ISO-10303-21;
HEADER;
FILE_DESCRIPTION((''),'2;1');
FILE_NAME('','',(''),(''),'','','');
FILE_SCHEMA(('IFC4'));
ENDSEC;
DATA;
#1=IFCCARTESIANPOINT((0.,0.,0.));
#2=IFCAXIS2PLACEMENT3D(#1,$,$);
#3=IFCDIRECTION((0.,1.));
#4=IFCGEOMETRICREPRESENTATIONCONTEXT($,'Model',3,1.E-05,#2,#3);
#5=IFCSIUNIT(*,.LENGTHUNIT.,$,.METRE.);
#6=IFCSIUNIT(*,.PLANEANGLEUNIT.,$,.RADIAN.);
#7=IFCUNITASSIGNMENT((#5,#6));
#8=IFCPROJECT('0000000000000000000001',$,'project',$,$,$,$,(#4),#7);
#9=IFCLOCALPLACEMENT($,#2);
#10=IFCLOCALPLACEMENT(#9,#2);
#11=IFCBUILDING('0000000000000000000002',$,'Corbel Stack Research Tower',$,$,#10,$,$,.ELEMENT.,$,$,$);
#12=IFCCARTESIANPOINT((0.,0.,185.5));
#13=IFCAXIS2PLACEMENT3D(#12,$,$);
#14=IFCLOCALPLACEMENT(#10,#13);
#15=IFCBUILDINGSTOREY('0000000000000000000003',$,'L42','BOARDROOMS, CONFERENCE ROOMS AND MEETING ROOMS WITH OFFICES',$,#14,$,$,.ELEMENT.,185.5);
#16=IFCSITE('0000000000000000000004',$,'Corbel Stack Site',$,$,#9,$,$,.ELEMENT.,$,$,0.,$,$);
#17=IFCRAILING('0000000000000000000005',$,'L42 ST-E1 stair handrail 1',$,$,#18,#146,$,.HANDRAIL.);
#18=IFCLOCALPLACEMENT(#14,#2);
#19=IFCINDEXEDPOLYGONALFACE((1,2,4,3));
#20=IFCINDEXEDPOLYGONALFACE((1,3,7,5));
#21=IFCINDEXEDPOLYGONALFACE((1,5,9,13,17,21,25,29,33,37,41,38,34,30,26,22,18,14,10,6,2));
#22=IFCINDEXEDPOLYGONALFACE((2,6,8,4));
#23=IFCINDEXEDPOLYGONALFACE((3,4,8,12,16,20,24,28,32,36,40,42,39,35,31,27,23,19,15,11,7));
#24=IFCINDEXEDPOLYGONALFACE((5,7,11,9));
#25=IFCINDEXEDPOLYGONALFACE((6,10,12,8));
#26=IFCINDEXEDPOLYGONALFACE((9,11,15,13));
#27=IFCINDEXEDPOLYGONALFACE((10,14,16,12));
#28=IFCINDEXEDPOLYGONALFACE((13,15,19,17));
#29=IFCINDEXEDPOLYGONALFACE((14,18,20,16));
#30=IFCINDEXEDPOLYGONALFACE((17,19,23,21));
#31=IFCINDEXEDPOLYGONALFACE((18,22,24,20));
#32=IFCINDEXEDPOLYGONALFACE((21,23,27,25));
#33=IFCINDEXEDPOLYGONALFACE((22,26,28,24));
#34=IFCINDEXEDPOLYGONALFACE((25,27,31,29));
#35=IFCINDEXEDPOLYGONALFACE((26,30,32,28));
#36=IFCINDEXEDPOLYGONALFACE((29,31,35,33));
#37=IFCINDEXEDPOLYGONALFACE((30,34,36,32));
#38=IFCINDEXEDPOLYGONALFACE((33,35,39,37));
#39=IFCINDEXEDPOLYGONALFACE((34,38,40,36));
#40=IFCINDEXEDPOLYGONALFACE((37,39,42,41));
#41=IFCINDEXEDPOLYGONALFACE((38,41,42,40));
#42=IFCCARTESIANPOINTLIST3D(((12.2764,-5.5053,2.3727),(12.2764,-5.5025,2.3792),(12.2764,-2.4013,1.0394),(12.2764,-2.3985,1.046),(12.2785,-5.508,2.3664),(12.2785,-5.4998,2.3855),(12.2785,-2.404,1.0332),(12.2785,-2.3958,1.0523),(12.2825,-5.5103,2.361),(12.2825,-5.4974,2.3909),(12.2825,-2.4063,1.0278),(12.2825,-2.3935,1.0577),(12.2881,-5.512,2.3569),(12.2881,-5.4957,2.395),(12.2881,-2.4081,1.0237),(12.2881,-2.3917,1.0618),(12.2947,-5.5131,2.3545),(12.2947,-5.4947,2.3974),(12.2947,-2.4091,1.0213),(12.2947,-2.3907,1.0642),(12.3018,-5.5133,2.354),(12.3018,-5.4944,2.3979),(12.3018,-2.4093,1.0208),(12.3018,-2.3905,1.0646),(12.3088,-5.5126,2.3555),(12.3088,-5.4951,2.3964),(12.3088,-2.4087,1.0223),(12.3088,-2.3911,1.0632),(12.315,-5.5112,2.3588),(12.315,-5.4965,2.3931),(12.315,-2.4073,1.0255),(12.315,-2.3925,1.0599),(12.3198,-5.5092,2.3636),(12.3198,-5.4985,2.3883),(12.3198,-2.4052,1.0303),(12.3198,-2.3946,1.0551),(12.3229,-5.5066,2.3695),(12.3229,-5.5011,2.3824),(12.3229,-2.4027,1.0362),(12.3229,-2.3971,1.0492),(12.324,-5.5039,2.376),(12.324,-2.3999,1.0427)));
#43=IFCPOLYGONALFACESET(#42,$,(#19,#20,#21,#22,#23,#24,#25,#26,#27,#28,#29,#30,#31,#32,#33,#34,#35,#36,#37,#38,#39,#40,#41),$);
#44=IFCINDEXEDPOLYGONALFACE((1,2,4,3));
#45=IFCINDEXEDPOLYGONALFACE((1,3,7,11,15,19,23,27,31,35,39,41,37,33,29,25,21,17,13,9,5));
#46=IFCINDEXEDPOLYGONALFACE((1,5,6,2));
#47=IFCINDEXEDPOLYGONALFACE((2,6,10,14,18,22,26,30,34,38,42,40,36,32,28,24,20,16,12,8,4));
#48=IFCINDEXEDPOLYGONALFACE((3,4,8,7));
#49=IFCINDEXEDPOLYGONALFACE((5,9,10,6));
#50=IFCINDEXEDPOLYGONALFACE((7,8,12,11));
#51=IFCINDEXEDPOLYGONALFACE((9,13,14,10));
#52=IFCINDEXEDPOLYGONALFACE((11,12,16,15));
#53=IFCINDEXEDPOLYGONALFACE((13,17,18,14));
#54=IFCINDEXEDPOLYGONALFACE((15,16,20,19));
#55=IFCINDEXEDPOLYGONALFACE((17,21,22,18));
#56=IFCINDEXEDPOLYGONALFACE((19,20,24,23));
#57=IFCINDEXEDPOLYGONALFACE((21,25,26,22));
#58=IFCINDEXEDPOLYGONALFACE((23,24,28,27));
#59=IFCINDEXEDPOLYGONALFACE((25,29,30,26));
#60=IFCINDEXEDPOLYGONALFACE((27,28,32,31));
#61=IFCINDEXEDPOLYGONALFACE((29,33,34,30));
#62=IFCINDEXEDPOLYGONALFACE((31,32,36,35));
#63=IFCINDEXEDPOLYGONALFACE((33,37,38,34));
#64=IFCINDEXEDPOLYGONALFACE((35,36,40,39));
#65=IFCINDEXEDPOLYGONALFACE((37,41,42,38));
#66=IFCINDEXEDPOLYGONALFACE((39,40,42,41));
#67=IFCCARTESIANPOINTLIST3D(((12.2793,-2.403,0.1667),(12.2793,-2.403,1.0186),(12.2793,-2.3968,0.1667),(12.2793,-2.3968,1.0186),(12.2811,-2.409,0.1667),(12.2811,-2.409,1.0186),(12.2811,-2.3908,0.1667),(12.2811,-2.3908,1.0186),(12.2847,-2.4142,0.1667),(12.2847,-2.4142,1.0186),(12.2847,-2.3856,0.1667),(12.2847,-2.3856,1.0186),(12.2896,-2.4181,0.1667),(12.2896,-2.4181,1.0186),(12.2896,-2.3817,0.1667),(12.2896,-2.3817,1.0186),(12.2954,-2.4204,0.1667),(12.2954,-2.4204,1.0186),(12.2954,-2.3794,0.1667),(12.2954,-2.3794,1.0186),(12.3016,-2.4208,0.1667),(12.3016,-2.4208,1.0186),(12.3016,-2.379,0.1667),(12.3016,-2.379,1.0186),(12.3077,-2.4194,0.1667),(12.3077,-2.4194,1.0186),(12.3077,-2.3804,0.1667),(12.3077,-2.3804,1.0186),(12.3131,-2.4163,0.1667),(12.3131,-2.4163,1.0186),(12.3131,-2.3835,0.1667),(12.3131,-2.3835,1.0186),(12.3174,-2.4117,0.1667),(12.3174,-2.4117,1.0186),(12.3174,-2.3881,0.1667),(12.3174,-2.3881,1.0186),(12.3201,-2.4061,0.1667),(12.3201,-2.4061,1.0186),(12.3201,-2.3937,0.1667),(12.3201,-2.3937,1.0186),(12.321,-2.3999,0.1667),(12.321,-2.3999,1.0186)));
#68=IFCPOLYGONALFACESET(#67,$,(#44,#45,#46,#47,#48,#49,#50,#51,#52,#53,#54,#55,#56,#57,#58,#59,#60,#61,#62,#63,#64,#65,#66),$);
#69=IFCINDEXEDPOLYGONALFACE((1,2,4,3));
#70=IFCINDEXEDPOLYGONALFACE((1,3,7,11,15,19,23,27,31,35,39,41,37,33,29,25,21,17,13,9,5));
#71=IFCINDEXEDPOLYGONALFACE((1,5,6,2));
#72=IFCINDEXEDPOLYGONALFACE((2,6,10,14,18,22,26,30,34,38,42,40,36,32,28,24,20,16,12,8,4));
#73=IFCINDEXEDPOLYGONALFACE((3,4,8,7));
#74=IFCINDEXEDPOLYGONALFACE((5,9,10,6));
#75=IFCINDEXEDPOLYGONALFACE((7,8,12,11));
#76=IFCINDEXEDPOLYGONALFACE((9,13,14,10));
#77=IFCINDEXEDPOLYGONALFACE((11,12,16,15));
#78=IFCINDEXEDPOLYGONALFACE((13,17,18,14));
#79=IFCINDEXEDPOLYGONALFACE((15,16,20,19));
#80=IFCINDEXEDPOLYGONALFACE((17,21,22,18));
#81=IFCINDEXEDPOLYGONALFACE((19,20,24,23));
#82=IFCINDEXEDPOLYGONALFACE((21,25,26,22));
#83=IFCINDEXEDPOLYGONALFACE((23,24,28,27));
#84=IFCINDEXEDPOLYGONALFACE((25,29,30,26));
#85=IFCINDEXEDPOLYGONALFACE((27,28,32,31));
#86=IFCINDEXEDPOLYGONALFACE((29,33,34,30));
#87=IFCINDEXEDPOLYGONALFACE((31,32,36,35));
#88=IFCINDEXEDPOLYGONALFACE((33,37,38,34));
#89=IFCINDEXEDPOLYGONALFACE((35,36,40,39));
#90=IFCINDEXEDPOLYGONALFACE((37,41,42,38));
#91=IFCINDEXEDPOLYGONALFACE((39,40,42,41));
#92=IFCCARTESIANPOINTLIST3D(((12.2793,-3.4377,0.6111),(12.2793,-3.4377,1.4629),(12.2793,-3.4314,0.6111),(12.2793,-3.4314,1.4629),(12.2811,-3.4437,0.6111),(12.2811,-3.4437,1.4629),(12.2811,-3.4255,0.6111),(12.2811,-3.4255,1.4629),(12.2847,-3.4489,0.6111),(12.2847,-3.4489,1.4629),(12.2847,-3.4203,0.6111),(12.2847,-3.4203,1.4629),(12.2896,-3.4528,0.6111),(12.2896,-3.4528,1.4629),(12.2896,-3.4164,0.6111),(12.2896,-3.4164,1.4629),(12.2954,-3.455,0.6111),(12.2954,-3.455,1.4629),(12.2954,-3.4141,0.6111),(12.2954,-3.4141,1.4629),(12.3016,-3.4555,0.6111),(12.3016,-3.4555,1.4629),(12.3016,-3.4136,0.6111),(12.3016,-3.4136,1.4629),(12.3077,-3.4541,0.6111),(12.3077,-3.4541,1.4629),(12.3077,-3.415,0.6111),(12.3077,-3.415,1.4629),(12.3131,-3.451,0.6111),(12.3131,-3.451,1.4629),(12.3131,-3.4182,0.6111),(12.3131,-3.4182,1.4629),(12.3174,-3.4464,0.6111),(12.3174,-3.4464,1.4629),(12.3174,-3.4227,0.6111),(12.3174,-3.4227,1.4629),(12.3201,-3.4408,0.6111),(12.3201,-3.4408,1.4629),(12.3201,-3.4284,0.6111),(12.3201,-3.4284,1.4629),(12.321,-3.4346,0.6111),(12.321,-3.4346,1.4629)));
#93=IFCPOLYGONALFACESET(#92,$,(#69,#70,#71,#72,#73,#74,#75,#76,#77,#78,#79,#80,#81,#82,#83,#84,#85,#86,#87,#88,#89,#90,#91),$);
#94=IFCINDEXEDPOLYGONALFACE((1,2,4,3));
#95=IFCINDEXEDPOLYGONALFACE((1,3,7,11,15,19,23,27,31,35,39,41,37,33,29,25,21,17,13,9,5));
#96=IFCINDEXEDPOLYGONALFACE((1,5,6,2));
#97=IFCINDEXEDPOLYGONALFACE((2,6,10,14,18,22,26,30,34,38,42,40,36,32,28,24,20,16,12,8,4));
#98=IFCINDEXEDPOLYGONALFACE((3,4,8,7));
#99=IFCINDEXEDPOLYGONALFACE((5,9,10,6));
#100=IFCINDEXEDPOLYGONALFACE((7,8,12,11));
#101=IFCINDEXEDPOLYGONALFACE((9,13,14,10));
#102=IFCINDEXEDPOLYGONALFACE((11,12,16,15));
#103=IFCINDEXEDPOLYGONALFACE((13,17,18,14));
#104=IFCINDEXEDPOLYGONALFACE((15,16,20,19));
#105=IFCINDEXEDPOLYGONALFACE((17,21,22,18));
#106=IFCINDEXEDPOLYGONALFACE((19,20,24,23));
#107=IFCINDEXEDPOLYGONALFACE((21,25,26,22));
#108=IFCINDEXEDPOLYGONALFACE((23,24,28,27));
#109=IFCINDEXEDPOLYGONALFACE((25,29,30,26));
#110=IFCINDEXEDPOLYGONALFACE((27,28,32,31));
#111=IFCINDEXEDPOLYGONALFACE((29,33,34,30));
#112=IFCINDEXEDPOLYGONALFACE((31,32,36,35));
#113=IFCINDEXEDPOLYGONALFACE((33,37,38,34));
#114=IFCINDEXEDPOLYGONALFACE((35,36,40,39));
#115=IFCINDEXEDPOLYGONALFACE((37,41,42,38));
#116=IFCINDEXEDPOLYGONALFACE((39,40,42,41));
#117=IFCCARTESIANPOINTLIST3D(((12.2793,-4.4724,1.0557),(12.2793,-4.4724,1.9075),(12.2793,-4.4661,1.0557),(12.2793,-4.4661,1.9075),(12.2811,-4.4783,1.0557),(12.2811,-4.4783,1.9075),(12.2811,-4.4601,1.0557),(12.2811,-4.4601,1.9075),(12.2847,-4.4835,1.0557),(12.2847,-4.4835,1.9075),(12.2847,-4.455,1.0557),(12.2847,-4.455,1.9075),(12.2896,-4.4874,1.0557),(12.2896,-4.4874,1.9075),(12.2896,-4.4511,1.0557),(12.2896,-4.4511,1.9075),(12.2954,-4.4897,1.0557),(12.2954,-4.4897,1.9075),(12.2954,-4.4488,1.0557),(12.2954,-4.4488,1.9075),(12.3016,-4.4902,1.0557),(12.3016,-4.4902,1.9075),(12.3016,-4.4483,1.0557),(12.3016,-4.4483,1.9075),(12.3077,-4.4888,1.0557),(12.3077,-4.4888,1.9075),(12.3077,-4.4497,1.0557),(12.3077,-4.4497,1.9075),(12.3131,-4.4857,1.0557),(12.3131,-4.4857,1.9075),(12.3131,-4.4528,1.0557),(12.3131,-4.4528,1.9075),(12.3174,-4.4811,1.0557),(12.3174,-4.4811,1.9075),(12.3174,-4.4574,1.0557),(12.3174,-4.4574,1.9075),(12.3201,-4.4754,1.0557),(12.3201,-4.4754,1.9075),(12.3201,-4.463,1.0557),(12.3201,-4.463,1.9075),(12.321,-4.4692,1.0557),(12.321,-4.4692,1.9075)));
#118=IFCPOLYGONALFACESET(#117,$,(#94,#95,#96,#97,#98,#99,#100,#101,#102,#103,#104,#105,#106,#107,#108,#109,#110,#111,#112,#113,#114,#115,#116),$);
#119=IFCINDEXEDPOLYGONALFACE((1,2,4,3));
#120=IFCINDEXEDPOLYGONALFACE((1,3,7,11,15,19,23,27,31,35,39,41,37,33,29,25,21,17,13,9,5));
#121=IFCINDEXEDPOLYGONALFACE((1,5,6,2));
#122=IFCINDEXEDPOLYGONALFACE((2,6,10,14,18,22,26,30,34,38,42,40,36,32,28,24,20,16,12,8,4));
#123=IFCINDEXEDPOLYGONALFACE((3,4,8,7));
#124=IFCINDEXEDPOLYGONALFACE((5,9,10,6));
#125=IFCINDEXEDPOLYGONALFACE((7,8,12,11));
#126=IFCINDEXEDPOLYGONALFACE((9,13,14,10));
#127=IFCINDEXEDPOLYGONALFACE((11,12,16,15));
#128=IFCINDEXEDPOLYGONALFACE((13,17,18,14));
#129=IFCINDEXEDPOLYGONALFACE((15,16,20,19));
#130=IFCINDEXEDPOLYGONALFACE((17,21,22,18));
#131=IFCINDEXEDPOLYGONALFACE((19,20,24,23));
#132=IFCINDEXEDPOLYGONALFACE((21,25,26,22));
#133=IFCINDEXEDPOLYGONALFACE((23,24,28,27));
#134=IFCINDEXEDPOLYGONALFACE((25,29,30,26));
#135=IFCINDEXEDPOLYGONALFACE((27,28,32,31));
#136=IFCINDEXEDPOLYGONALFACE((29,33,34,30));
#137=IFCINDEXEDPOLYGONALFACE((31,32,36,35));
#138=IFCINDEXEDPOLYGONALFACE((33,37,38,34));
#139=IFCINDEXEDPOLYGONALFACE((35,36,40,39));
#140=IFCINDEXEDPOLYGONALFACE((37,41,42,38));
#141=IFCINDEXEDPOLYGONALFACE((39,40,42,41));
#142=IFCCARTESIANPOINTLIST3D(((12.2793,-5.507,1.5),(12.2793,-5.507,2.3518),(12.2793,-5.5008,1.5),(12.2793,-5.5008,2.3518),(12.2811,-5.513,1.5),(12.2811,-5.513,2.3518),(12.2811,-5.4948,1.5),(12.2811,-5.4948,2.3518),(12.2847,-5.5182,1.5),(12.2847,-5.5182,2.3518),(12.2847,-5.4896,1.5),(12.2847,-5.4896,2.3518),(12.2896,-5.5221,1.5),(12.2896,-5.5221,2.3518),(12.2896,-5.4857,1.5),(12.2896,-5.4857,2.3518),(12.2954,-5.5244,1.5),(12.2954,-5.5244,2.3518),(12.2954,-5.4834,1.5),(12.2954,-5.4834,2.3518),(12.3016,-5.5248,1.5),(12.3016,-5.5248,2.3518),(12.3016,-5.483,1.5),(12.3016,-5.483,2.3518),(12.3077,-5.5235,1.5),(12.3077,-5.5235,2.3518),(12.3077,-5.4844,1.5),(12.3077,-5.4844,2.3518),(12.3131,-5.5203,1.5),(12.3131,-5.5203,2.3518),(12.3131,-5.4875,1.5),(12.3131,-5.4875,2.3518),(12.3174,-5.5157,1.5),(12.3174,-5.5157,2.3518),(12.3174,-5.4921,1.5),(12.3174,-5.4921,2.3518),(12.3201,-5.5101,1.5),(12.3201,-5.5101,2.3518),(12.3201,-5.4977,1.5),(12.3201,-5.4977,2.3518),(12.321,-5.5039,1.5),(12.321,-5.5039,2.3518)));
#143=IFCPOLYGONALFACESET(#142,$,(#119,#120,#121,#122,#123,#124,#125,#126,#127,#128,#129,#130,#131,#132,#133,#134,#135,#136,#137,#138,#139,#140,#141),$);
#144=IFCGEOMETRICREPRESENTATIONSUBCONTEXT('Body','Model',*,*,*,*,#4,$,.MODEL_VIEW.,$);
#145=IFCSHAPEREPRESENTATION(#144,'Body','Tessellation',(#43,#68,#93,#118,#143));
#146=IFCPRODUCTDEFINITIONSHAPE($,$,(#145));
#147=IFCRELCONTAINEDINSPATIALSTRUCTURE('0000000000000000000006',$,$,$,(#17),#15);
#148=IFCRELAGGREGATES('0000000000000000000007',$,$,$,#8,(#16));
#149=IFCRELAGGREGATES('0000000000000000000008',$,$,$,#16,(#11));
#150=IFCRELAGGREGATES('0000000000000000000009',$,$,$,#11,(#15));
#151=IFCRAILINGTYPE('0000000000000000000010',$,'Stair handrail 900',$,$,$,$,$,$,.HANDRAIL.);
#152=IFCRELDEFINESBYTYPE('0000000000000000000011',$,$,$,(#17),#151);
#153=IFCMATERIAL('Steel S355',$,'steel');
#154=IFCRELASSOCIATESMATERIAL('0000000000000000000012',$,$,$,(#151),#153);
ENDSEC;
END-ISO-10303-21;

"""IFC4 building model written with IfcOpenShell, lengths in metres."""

from ifc_helpers import new_model, si_unit, direction, frame, origin, origin_2d, place, context, subcontext, project, spatial, circle, extrude, material, type_object, element, save


model = new_model("IFC4")

# Units and contexts
model_context = context("Model", 3, precision=1e-05, world=origin(), true_north=direction((0.0, 1.0)))
body_context = subcontext(model_context, "Body", "Model", "MODEL_VIEW")
ifc_project = project(units=[si_unit("LENGTHUNIT", "METRE"), si_unit("PLANEANGLEUNIT", "RADIAN")], contexts=[model_context])

# Site, building, storey
site_placement = place(None, origin())
site = spatial("IfcSite", under=ifc_project, at=site_placement, Name="Corbel Stack Site", CompositionType="ELEMENT", RefElevation=0.0)
building_placement = place(site_placement, origin())
building = spatial("IfcBuilding", under=site, at=building_placement, Name="Corbel Stack Research Tower", CompositionType="ELEMENT")
storey_placement = place(building_placement, frame((0.0, 0.0, 185.5)))
storey = spatial("IfcBuildingStorey", under=building, at=storey_placement, Name="L42", Description="BOARDROOMS, CONFERENCE ROOMS AND MEETING ROOMS WITH OFFICES", CompositionType="ELEMENT", Elevation=185.5)

# Railing
ifc_material_1 = material(Name="Steel S355", Category="steel")
railing_type_1 = type_object("IfcRailingType", Name="Stair handrail 900", PredefinedType="HANDRAIL", material=ifc_material_1)
for number, where, name in (
    (1, (12.3, -2.3999, 0.1667), "L42 ST-E1 stair handrail 1"),
):
    element("IfcRailing", number, at=place(storey_placement, frame(where)), inside=storey, type_object=railing_type_1, Name=name, PredefinedType="HANDRAIL", context=body_context, shape_type="SweptSolid", body=[
        extrude(circle(Radius=0.0239, at=origin_2d()), frame((0.0, 0.0, 0.876), z_axis=(0.0, -0.918827, 0.394661), x_axis=(1.0, 0.0, 0.0)), (0.0, 0.0, 1.0), 3.3782),
        extrude(circle(Radius=0.021, at=origin_2d()), origin(), (0.0, 0.0, 1.0), 0.8518),
        extrude(circle(Radius=0.021, at=origin_2d()), frame((0.0, -1.0347, 0.4443)), (0.0, 0.0, 1.0), 0.8518),
        extrude(circle(Radius=0.021, at=origin_2d()), frame((0.0, -2.0693, 0.8889)), (0.0, 0.0, 1.0), 0.8518),
        extrude(circle(Radius=0.021, at=origin_2d()), frame((0.0, -3.104, 1.3333)), (0.0, 0.0, 1.0), 0.8518),
    ])

save(model, "model.ifc")
